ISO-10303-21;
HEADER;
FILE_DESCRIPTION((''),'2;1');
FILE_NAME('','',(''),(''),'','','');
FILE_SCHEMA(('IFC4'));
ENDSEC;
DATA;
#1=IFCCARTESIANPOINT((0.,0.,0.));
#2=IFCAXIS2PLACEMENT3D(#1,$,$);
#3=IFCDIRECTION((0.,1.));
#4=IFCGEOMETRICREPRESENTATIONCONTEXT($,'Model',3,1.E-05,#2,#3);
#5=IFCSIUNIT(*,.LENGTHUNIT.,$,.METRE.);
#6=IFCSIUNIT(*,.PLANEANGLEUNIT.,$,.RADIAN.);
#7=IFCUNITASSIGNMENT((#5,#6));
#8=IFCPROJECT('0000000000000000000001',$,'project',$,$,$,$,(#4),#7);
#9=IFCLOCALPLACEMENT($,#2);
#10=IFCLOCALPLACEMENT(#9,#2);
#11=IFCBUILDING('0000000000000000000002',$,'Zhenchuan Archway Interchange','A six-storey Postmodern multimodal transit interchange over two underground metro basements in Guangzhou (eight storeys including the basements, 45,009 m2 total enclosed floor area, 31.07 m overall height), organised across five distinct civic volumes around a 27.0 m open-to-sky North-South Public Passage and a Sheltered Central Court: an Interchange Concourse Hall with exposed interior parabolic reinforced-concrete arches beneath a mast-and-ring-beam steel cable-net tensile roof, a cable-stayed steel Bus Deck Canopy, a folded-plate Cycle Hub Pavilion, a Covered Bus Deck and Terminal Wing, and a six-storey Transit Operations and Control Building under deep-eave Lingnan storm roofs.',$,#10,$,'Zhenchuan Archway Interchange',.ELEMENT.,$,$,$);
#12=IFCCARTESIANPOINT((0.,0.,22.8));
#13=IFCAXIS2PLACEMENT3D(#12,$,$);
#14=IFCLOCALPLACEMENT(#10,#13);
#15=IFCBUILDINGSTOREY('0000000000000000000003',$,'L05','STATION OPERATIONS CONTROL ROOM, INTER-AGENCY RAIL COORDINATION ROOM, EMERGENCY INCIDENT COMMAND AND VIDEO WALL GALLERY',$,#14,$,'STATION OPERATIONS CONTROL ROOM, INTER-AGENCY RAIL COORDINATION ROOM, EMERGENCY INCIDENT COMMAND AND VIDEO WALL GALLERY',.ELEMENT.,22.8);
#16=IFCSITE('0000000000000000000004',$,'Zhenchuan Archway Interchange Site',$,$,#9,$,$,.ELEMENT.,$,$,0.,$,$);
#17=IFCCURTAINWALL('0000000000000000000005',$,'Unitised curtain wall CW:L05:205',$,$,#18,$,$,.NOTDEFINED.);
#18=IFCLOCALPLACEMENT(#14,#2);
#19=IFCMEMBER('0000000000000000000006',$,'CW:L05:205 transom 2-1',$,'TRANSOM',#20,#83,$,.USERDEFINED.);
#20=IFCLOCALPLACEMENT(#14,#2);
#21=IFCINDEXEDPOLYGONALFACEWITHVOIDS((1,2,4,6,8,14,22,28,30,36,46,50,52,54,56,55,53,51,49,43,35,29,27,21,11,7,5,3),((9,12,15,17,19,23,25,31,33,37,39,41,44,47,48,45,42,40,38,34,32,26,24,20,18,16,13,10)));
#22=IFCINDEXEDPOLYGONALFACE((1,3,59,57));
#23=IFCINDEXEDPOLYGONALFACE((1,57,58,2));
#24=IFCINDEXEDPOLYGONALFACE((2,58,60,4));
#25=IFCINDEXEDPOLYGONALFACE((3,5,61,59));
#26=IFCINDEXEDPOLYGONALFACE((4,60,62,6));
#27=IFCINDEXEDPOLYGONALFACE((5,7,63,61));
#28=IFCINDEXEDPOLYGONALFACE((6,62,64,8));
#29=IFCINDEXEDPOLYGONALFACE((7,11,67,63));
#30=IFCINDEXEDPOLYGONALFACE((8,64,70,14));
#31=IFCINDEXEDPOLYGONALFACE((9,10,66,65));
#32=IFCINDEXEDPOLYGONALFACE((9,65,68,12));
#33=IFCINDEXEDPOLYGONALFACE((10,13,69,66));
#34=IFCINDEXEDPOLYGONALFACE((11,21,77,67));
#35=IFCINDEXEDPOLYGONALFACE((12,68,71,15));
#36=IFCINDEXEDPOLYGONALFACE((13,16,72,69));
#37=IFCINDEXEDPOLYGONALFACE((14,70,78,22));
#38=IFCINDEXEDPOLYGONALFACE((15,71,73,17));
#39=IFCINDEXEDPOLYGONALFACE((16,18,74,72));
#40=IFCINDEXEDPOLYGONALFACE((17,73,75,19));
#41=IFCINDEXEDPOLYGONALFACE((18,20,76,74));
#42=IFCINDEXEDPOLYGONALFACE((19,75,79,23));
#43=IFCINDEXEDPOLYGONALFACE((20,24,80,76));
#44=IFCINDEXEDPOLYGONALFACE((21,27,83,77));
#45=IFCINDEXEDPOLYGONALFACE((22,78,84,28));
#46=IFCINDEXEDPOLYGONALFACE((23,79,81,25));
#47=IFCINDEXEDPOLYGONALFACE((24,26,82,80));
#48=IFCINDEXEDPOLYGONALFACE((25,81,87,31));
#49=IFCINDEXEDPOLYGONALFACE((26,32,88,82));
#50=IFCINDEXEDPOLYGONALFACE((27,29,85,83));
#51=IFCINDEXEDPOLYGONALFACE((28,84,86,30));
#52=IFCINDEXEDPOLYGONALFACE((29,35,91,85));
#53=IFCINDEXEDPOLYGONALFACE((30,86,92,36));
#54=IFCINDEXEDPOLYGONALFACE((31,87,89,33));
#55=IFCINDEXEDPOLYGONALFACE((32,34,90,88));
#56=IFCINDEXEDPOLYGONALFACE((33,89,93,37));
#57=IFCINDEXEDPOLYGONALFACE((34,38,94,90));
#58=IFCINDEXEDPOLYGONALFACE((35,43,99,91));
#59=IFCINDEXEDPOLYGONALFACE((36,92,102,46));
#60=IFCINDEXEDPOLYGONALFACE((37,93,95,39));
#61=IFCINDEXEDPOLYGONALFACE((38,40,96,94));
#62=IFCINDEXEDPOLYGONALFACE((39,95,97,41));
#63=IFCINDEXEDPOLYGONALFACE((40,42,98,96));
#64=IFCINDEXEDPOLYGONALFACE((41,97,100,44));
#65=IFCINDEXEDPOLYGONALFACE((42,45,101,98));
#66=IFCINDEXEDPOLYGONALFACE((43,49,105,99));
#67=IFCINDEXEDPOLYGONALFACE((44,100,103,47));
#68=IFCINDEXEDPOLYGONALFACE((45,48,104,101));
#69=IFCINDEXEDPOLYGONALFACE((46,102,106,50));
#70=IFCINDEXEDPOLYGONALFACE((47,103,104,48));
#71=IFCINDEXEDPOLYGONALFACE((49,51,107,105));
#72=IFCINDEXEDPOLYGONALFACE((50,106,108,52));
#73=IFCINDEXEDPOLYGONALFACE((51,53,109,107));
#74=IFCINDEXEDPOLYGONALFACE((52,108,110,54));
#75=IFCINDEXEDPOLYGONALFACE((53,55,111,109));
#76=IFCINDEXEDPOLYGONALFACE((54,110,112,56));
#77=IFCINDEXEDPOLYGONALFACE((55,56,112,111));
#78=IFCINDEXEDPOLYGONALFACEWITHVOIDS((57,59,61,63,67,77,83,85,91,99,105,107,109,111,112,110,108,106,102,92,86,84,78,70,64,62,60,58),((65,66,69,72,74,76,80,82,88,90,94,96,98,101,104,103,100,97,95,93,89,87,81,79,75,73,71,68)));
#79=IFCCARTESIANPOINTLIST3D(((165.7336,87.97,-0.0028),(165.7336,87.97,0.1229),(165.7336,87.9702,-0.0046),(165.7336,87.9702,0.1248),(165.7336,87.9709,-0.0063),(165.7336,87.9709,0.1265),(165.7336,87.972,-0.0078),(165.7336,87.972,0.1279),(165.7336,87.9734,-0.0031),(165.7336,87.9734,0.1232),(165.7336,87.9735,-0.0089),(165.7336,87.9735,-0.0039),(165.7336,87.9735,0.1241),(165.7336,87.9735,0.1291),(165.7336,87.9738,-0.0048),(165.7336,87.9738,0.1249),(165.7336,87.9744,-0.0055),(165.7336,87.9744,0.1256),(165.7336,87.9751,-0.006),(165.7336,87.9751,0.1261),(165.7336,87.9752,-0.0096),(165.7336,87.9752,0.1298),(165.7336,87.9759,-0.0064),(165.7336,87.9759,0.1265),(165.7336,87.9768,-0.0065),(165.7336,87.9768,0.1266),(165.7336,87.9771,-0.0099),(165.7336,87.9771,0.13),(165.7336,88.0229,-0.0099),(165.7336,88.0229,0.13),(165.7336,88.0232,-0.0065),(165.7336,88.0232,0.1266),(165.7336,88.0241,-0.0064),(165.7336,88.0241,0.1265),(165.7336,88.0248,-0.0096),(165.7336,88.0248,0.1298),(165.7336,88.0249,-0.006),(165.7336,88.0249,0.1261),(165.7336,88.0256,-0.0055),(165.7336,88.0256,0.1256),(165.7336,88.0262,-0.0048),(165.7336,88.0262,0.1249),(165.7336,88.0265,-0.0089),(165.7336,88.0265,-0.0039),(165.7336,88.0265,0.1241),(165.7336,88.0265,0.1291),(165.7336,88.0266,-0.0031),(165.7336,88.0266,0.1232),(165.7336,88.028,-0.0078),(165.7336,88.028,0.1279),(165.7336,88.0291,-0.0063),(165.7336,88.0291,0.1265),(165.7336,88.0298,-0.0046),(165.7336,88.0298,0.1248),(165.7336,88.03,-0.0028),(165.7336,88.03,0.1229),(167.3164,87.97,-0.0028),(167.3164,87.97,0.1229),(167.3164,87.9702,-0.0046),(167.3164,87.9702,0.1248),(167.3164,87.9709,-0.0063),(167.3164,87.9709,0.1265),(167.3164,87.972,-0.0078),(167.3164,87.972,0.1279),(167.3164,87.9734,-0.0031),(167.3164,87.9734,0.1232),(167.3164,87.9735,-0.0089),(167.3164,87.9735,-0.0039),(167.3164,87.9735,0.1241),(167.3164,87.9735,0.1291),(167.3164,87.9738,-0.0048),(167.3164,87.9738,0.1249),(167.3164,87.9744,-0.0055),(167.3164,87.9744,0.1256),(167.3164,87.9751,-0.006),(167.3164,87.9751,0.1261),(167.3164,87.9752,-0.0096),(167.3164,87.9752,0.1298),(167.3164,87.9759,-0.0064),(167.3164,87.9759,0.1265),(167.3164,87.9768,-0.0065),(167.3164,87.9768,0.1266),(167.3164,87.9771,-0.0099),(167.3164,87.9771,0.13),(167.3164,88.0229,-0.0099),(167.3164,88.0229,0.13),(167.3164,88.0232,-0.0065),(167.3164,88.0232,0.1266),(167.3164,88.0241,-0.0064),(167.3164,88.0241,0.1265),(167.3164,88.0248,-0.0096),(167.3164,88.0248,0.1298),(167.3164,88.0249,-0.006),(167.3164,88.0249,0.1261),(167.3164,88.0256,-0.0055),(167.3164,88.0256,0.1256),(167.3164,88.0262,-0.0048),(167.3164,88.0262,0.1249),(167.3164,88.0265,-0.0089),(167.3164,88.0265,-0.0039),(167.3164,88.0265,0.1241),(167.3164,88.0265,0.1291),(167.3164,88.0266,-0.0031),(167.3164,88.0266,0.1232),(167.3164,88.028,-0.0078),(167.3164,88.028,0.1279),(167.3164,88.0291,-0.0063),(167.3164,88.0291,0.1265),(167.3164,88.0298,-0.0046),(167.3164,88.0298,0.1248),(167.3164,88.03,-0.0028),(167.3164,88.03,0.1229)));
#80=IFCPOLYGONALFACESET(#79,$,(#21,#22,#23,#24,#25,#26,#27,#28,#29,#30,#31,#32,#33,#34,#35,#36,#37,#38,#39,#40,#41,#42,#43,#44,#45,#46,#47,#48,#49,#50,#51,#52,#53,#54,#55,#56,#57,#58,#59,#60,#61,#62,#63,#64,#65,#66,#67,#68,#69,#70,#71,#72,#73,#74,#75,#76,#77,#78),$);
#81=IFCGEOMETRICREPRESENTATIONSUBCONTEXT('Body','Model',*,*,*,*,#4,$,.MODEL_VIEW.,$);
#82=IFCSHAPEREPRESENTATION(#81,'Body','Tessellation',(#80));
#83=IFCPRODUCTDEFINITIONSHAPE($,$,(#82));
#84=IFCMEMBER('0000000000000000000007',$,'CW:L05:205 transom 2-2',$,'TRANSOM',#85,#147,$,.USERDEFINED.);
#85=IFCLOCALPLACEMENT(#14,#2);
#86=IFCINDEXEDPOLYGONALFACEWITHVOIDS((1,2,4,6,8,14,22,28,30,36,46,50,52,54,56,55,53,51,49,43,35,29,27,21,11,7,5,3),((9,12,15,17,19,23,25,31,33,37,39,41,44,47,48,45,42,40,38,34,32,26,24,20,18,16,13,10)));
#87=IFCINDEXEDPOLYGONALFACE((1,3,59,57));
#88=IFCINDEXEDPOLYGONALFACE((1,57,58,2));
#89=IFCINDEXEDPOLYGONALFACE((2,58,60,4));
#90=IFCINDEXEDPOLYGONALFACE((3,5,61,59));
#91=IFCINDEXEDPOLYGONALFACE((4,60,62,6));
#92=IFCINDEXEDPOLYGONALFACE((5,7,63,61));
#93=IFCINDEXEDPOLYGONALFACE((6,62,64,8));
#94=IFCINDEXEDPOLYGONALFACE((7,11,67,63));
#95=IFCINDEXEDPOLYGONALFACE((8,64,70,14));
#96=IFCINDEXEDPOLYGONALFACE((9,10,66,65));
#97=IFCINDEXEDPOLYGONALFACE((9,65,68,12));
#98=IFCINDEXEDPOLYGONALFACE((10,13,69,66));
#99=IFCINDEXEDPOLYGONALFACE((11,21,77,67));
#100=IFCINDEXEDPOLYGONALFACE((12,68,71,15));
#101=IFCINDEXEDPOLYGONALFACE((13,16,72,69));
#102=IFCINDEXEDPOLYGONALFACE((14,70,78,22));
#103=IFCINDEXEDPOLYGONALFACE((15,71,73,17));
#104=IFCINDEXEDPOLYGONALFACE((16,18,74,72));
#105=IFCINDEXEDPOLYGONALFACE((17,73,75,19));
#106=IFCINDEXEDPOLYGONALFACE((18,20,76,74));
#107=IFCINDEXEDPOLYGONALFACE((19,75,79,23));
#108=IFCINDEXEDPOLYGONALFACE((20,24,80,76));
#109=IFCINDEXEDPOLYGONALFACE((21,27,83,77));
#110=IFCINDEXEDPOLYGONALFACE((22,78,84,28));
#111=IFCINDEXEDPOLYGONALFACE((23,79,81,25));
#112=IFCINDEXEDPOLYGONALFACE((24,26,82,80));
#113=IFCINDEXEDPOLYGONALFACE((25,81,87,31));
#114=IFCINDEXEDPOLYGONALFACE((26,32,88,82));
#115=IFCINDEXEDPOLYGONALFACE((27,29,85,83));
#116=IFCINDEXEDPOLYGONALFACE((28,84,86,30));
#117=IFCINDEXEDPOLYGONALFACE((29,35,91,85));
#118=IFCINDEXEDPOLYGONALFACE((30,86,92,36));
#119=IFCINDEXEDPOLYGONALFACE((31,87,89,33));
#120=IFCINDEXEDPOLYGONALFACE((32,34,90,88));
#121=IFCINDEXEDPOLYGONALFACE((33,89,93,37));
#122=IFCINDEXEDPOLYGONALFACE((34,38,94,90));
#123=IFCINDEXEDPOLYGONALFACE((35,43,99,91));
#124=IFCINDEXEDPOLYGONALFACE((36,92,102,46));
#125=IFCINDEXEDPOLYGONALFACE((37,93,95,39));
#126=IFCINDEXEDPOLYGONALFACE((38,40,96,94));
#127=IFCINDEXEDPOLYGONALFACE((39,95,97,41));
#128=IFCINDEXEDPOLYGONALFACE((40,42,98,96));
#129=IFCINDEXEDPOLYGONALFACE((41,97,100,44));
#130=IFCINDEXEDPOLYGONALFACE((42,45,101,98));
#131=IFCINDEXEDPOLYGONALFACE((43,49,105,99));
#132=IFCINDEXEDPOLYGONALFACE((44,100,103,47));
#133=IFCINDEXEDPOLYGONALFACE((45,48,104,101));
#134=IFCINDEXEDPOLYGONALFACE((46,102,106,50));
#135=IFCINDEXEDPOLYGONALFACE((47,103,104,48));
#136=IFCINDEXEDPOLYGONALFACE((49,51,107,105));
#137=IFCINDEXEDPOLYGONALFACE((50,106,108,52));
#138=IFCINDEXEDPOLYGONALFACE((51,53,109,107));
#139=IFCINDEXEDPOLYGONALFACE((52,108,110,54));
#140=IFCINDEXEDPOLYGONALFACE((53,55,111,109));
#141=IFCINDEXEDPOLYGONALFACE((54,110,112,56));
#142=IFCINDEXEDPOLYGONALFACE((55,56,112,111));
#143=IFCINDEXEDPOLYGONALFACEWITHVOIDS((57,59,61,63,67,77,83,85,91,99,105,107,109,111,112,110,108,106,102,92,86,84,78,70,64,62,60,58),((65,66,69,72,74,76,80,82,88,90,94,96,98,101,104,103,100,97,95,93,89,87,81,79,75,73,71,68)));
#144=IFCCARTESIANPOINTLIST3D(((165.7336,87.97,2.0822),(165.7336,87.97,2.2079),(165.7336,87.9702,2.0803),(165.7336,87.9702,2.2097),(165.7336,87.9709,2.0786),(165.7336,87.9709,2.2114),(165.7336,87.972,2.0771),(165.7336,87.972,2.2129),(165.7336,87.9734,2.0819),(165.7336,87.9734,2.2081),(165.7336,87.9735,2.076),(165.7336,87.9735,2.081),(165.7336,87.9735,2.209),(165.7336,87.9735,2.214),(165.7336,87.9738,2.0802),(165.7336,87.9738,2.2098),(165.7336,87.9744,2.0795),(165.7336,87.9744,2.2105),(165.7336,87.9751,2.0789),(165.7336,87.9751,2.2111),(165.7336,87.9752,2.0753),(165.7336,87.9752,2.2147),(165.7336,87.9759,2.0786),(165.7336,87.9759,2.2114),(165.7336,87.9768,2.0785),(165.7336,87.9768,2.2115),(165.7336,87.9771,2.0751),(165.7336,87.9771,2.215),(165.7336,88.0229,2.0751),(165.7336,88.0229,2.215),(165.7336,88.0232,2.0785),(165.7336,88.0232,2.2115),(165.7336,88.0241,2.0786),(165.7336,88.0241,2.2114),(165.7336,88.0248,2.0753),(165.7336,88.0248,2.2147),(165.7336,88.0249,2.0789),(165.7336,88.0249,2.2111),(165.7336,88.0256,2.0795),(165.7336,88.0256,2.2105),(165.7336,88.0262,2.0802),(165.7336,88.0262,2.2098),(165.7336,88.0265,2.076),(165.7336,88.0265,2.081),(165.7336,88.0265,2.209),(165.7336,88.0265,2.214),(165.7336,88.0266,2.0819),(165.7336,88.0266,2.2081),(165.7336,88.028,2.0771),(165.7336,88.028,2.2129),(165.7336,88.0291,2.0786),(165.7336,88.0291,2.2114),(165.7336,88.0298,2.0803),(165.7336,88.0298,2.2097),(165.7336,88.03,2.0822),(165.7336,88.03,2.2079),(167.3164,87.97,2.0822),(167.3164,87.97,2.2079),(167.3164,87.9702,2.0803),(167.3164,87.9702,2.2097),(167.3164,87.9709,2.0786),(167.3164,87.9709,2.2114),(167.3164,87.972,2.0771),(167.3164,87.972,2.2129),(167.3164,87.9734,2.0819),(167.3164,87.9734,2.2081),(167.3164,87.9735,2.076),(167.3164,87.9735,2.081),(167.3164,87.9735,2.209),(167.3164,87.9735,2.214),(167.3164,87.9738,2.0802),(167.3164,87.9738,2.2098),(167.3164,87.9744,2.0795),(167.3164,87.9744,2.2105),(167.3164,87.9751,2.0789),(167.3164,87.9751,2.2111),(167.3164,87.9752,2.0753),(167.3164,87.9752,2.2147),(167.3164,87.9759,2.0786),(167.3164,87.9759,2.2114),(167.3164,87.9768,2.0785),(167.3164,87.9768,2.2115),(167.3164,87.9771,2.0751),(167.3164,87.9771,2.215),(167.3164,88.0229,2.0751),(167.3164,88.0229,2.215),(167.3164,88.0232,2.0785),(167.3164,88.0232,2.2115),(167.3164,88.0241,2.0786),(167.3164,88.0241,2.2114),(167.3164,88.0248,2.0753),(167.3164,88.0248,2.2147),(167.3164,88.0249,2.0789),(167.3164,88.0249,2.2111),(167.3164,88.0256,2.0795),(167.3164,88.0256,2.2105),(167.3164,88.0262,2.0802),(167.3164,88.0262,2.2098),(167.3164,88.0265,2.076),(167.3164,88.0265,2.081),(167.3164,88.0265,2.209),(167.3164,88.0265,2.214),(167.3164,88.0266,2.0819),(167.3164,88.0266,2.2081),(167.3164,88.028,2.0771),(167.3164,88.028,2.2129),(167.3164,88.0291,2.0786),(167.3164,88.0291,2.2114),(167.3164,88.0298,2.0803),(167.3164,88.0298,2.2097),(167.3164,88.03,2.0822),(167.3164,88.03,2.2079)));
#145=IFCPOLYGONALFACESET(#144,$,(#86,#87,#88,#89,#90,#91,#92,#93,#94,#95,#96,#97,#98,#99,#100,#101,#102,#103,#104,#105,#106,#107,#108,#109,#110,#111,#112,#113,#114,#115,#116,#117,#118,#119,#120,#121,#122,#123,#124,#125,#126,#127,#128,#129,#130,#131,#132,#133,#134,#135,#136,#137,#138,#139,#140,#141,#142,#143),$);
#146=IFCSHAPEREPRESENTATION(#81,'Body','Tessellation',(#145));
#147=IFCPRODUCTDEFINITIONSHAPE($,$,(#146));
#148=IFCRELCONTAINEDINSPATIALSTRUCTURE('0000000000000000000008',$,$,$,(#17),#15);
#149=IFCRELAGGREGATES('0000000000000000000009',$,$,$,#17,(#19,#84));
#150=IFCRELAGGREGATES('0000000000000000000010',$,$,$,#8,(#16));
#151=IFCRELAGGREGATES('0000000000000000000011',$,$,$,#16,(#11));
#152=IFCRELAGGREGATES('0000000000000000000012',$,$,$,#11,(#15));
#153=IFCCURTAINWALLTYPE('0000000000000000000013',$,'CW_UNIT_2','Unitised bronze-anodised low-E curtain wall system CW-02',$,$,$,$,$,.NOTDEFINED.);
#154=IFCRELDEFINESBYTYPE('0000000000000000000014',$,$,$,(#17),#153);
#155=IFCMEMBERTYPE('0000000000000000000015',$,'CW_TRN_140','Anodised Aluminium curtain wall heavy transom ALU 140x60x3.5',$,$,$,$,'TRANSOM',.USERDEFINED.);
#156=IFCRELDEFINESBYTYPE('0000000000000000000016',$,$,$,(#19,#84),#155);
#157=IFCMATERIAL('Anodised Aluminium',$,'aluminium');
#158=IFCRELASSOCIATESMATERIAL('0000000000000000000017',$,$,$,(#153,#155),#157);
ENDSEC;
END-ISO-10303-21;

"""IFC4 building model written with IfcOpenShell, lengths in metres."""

from ifc_helpers import new_model, si_unit, direction, frame, origin, origin_2d, place, context, subcontext, project, spatial, hollow_rectangle, extrude, material, material_profile, profile_set, type_object, element, aggregate, save


model = new_model("IFC4")

# Units and contexts
model_context = context("Model", 3, precision=1e-05, world=origin(), true_north=direction((0.0, 1.0)))
body_context = subcontext(model_context, "Body", "Model", "MODEL_VIEW")
ifc_project = project(units=[si_unit("LENGTHUNIT", "METRE"), si_unit("PLANEANGLEUNIT", "RADIAN")], contexts=[model_context])

# Site, building, storey
site_placement = place(None, origin())
site = spatial("IfcSite", under=ifc_project, at=site_placement, Name="Zhenchuan Archway Interchange Site", CompositionType="ELEMENT", RefElevation=0.0)
building_placement = place(site_placement, origin())
building = spatial("IfcBuilding", under=site, at=building_placement, Name="Zhenchuan Archway Interchange", Description="A six-storey Postmodern multimodal transit interchange over two underground metro basements in Guangzhou (eight storeys including the basements, 45,009 m2 total enclosed floor area, 31.07 m overall height), organised across five distinct civic volumes around a 27.0 m open-to-sky North-South Public Passage and a Sheltered Central Court: an Interchange Concourse Hall with exposed interior parabolic reinforced-concrete arches beneath a mast-and-ring-beam steel cable-net tensile roof, a cable-stayed steel Bus Deck Canopy, a folded-plate Cycle Hub Pavilion, a Covered Bus Deck and Terminal Wing, and a six-storey Transit Operations and Control Building under deep-eave Lingnan storm roofs.", LongName="Zhenchuan Archway Interchange", CompositionType="ELEMENT")
storey_placement = place(building_placement, frame((0.0, 0.0, 22.8)))
storey = spatial("IfcBuildingStorey", under=building, at=storey_placement, Name="L05", Description="STATION OPERATIONS CONTROL ROOM, INTER-AGENCY RAIL COORDINATION ROOM, EMERGENCY INCIDENT COMMAND AND VIDEO WALL GALLERY", LongName="STATION OPERATIONS CONTROL ROOM, INTER-AGENCY RAIL COORDINATION ROOM, EMERGENCY INCIDENT COMMAND AND VIDEO WALL GALLERY", CompositionType="ELEMENT", Elevation=22.8)

# Curtain wall, members
ifc_material_1 = material(Name="Anodised Aluminium", Category="aluminium")
curtain_wall_type = type_object("IfcCurtainWallType", Name="CW_UNIT_2", Description="Unitised bronze-anodised low-E curtain wall system CW-02", PredefinedType="NOTDEFINED", material=ifc_material_1)
curtain_wall_placement = place(storey_placement, origin())
curtain_wall = element("IfcCurtainWall", 1, at=curtain_wall_placement, inside=storey, type_object=curtain_wall_type, Name="Unitised curtain wall CW:L05:205", PredefinedType="NOTDEFINED")
ifc_material_profile_1 = material_profile(ifc_material_1, hollow_rectangle(XDim=0.0601, YDim=0.1399, WallThickness=0.0034, InnerFilletRadius=0.0034, OuterFilletRadius=0.0071, at=origin_2d()), Name="ALU 140x60x3.5")
ifc_profile_set_1 = profile_set([ifc_material_profile_1], Name="Anodised Aluminium")
member_type_1 = type_object("IfcMemberType", Name="CW_TRN_140", Description="Anodised Aluminium curtain wall heavy transom ALU 140x60x3.5", ElementType="TRANSOM", PredefinedType="USERDEFINED", material=ifc_profile_set_1)
member_1_placement = place(storey_placement, frame((165.7336, 88.0, 0.0601), z_axis=(1.0, 0.0, 0.0), x_axis=(0.0, 1.0, 0.0)))
member_1 = element("IfcMember", 2, at=member_1_placement, type_object=member_type_1, Name="CW:L05:205 transom 2-1", ObjectType="TRANSOM", PredefinedType="USERDEFINED", context=body_context, shape_type="SweptSolid", body=[
    extrude(hollow_rectangle(XDim=0.0601, YDim=0.1399, WallThickness=0.0034, InnerFilletRadius=0.0034, OuterFilletRadius=0.0071, at=origin_2d()), origin(), (0.0, 0.0, 1.0), 1.5828),
])
member_2_placement = place(storey_placement, frame((165.7336, 88.0, 2.145), z_axis=(1.0, 0.0, 0.0), x_axis=(0.0, 1.0, 0.0)))
member_2 = element("IfcMember", 3, at=member_2_placement, type_object=member_type_1, Name="CW:L05:205 transom 2-2", ObjectType="TRANSOM", PredefinedType="USERDEFINED", context=body_context, shape_type="SweptSolid", body=[
    extrude(hollow_rectangle(XDim=0.0601, YDim=0.1399, WallThickness=0.0034, InnerFilletRadius=0.0034, OuterFilletRadius=0.0071, at=origin_2d()), origin(), (0.0, 0.0, 1.0), 1.5828),
])

aggregate(curtain_wall, [member_1, member_2])

save(model, "model.ifc")
